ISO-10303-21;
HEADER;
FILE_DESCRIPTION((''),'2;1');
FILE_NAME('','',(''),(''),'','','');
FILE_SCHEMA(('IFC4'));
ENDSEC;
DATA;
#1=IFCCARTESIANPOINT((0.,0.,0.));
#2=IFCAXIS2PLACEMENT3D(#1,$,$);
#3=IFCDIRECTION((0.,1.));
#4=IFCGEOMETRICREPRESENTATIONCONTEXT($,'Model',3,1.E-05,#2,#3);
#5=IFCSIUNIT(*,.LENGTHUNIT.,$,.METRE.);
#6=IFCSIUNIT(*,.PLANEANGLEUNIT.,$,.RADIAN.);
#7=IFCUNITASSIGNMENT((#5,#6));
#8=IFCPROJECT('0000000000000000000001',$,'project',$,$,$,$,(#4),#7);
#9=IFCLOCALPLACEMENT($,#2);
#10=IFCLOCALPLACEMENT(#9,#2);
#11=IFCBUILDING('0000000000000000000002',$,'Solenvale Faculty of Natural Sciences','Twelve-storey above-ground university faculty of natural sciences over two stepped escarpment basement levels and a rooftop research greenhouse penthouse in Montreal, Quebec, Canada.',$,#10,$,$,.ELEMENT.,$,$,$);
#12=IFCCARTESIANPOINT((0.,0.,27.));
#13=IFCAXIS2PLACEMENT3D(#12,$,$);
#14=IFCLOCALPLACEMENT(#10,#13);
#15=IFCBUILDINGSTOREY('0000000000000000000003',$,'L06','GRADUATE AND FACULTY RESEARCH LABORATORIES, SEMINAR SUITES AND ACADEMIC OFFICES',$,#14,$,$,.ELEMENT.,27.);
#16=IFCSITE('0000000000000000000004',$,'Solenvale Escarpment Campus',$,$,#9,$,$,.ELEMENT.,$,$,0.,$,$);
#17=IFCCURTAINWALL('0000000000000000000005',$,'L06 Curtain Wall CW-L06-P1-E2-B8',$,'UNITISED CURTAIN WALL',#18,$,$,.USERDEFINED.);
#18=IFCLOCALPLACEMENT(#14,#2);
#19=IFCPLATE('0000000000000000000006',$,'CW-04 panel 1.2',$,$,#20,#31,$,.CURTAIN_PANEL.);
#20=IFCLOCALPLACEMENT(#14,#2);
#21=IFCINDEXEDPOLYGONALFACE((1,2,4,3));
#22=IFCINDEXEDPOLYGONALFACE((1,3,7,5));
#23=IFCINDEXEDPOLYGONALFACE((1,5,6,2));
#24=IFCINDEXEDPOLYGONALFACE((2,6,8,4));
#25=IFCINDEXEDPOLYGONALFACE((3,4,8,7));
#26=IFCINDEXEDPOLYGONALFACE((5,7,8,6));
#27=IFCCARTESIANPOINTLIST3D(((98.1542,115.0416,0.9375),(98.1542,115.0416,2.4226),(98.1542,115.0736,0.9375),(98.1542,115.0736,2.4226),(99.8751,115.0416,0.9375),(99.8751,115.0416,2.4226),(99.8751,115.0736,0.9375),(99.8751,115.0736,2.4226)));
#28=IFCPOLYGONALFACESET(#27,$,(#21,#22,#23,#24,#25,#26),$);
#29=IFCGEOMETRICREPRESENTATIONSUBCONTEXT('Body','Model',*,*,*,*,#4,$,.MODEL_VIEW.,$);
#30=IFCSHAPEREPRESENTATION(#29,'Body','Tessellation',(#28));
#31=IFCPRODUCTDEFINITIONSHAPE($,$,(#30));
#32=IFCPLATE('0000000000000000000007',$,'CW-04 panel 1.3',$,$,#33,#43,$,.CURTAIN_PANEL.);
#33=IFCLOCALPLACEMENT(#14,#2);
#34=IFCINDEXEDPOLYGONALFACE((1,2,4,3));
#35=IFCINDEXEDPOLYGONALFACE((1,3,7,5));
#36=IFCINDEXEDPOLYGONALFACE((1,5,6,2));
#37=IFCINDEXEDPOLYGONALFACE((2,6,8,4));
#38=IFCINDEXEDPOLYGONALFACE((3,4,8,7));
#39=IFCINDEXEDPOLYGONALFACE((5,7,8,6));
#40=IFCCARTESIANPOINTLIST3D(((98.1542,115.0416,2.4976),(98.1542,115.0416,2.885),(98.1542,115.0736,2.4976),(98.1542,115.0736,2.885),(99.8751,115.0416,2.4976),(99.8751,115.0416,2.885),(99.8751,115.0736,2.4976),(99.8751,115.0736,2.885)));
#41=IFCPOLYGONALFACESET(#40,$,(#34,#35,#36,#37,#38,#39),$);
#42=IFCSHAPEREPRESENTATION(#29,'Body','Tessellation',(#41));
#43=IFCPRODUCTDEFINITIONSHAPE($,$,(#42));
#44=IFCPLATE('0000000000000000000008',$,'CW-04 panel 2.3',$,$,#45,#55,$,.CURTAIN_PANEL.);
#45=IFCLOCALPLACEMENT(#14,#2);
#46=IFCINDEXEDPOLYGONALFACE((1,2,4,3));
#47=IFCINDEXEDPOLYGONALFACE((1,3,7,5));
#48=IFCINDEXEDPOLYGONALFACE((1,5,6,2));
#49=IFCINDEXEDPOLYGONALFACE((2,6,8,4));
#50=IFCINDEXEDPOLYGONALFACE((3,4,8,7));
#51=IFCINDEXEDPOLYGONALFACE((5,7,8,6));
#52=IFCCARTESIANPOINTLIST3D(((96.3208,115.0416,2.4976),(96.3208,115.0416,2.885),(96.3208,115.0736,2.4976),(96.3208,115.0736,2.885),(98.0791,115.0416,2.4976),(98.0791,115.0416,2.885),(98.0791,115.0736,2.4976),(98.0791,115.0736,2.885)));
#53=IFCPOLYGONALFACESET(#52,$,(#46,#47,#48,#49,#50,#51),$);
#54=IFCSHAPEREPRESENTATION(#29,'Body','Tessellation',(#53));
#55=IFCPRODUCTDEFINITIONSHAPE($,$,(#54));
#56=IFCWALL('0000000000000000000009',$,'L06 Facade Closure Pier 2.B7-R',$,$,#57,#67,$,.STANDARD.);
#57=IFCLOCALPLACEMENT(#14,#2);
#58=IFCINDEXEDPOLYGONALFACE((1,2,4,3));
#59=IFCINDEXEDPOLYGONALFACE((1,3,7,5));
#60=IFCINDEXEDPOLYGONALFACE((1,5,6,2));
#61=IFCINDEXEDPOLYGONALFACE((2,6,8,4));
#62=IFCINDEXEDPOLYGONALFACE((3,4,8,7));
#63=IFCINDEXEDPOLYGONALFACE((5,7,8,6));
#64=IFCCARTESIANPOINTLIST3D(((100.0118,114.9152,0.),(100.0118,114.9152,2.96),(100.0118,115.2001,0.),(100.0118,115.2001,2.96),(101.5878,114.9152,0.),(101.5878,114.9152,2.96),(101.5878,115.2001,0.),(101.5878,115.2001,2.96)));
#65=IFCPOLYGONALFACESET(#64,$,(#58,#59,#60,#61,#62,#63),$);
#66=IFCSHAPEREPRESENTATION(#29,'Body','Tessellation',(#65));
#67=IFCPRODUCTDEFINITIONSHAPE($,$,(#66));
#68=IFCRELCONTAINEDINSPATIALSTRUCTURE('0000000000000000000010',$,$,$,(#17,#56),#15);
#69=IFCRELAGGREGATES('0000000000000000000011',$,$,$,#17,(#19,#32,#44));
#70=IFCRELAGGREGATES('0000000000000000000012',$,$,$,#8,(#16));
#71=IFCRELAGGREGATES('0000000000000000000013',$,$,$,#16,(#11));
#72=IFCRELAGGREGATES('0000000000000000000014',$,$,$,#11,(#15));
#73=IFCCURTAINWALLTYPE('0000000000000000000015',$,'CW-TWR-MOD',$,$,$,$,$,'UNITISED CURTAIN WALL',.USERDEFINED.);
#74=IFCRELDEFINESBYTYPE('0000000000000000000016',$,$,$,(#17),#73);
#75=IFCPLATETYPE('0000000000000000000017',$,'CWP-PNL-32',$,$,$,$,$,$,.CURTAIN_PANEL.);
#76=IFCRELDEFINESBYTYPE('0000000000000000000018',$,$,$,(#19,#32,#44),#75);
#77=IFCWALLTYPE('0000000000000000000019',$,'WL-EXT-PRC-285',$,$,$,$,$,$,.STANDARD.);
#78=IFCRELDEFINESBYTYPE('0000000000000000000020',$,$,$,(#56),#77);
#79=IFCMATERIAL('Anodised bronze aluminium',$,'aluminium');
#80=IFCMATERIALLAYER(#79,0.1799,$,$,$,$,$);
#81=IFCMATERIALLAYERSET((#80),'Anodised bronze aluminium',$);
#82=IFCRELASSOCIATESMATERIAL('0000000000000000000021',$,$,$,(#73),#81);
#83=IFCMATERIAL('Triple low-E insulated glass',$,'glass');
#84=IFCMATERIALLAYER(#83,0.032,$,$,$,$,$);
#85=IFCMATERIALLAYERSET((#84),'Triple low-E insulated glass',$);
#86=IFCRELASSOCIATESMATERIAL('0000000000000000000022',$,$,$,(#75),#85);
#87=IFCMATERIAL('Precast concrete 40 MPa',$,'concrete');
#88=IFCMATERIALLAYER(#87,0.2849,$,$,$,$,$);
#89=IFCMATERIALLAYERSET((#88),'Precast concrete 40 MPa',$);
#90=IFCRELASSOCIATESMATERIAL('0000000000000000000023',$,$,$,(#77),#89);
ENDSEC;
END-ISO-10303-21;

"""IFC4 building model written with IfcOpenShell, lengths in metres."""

from ifc_helpers import new_model, si_unit, direction, frame, frame_2d, origin, origin_2d, place, context, subcontext, project, spatial, rectangle, extrude, material, layer, layer_set, type_object, element, aggregate, save


model = new_model("IFC4")

# Units and contexts
model_context = context("Model", 3, precision=1e-05, world=origin(), true_north=direction((0.0, 1.0)))
body_context = subcontext(model_context, "Body", "Model", "MODEL_VIEW")
ifc_project = project(units=[si_unit("LENGTHUNIT", "METRE"), si_unit("PLANEANGLEUNIT", "RADIAN")], contexts=[model_context])

# Site, building, storey
site_placement = place(None, origin())
site = spatial("IfcSite", under=ifc_project, at=site_placement, Name="Solenvale Escarpment Campus", CompositionType="ELEMENT", RefElevation=0.0)
building_placement = place(site_placement, origin())
building = spatial("IfcBuilding", under=site, at=building_placement, Name="Solenvale Faculty of Natural Sciences", Description="Twelve-storey above-ground university faculty of natural sciences over two stepped escarpment basement levels and a rooftop research greenhouse penthouse in Montreal, Quebec, Canada.", CompositionType="ELEMENT")
storey_placement = place(building_placement, frame((0.0, 0.0, 27.0)))
storey = spatial("IfcBuildingStorey", under=building, at=storey_placement, Name="L06", Description="GRADUATE AND FACULTY RESEARCH LABORATORIES, SEMINAR SUITES AND ACADEMIC OFFICES", CompositionType="ELEMENT", Elevation=27.0)

# Shared definitions
ifc_material_1 = material(Name="Precast concrete 40 MPa", Category="concrete")

# Curtain wall
ifc_material_2 = material(Name="Anodised bronze aluminium", Category="aluminium")
ifc_layer_1 = layer(ifc_material_2, 0.1799)
ifc_layer_set_1 = layer_set([ifc_layer_1], Name="Anodised bronze aluminium")
curtain_wall_type = type_object("IfcCurtainWallType", Name="CW-TWR-MOD", ElementType="UNITISED CURTAIN WALL", PredefinedType="USERDEFINED", material=ifc_layer_set_1)
curtain_wall_1_placement = place(storey_placement, origin())
curtain_wall_1 = element("IfcCurtainWall", 1, at=curtain_wall_1_placement, inside=storey, type_object=curtain_wall_type, Name="L06 Curtain Wall CW-L06-P1-E2-B8", ObjectType="UNITISED CURTAIN WALL", PredefinedType="USERDEFINED")

# Plates
ifc_material_3 = material(Name="Triple low-E insulated glass", Category="glass")
ifc_layer_2 = layer(ifc_material_3, 0.032)
ifc_layer_set_2 = layer_set([ifc_layer_2], Name="Triple low-E insulated glass")
plate_type_1 = type_object("IfcPlateType", Name="CWP-PNL-32", PredefinedType="CURTAIN_PANEL", material=ifc_layer_set_2)
plate_1_placement = place(storey_placement, frame((99.0146, 115.0576, 0.9375), z_axis=(0.0, 0.0, 1.0), x_axis=(-1.0, 0.0, 0.0)))
plate_1 = element("IfcPlate", 2, at=plate_1_placement, type_object=plate_type_1, Name="CW-04 panel 1.2", PredefinedType="CURTAIN_PANEL", context=body_context, shape_type="SweptSolid", body=[
    extrude(rectangle(XDim=1.7209, YDim=0.032, at=origin_2d()), origin(), (0.0, 0.0, 1.0), 1.4851),
])
plate_2_placement = place(storey_placement, frame((99.0146, 115.0576, 2.4976), z_axis=(0.0, 0.0, 1.0), x_axis=(-1.0, 0.0, 0.0)))
plate_2 = element("IfcPlate", 3, at=plate_2_placement, type_object=plate_type_1, Name="CW-04 panel 1.3", PredefinedType="CURTAIN_PANEL", context=body_context, shape_type="SweptSolid", body=[
    extrude(rectangle(XDim=1.7209, YDim=0.032, at=origin_2d()), origin(), (0.0, 0.0, 1.0), 0.3875),
])
plate_3_placement = place(storey_placement, frame((97.2, 115.0576, 2.4976), z_axis=(0.0, 0.0, 1.0), x_axis=(-1.0, 0.0, 0.0)))
plate_3 = element("IfcPlate", 4, at=plate_3_placement, type_object=plate_type_1, Name="CW-04 panel 2.3", PredefinedType="CURTAIN_PANEL", context=body_context, shape_type="SweptSolid", body=[
    extrude(rectangle(XDim=1.7583, YDim=0.032, at=origin_2d()), origin(), (0.0, 0.0, 1.0), 0.3875),
])
aggregate(curtain_wall_1, [plate_1, plate_2, plate_3])

# Wall
ifc_layer_3 = layer(ifc_material_1, 0.2849)
ifc_layer_set_3 = layer_set([ifc_layer_3], Name="Precast concrete 40 MPa")
wall_type = type_object("IfcWallType", Name="WL-EXT-PRC-285", PredefinedType="STANDARD", material=ifc_layer_set_3)
wall_placement = place(storey_placement, frame((101.5879, 115.0576, 0.0), z_axis=(0.0, 0.0, 1.0), x_axis=(-1.0, 0.0, 0.0)))
element("IfcWall", 5, at=wall_placement, inside=storey, type_object=wall_type, Name="L06 Facade Closure Pier 2.B7-R", PredefinedType="STANDARD", context=body_context, shape_type="SweptSolid", body=[
    extrude(rectangle(XDim=1.5759, YDim=0.2849, at=frame_2d((0.7881, 0.0))), origin(), (0.0, 0.0, 1.0), 2.96),
])

save(model, "model.ifc")
